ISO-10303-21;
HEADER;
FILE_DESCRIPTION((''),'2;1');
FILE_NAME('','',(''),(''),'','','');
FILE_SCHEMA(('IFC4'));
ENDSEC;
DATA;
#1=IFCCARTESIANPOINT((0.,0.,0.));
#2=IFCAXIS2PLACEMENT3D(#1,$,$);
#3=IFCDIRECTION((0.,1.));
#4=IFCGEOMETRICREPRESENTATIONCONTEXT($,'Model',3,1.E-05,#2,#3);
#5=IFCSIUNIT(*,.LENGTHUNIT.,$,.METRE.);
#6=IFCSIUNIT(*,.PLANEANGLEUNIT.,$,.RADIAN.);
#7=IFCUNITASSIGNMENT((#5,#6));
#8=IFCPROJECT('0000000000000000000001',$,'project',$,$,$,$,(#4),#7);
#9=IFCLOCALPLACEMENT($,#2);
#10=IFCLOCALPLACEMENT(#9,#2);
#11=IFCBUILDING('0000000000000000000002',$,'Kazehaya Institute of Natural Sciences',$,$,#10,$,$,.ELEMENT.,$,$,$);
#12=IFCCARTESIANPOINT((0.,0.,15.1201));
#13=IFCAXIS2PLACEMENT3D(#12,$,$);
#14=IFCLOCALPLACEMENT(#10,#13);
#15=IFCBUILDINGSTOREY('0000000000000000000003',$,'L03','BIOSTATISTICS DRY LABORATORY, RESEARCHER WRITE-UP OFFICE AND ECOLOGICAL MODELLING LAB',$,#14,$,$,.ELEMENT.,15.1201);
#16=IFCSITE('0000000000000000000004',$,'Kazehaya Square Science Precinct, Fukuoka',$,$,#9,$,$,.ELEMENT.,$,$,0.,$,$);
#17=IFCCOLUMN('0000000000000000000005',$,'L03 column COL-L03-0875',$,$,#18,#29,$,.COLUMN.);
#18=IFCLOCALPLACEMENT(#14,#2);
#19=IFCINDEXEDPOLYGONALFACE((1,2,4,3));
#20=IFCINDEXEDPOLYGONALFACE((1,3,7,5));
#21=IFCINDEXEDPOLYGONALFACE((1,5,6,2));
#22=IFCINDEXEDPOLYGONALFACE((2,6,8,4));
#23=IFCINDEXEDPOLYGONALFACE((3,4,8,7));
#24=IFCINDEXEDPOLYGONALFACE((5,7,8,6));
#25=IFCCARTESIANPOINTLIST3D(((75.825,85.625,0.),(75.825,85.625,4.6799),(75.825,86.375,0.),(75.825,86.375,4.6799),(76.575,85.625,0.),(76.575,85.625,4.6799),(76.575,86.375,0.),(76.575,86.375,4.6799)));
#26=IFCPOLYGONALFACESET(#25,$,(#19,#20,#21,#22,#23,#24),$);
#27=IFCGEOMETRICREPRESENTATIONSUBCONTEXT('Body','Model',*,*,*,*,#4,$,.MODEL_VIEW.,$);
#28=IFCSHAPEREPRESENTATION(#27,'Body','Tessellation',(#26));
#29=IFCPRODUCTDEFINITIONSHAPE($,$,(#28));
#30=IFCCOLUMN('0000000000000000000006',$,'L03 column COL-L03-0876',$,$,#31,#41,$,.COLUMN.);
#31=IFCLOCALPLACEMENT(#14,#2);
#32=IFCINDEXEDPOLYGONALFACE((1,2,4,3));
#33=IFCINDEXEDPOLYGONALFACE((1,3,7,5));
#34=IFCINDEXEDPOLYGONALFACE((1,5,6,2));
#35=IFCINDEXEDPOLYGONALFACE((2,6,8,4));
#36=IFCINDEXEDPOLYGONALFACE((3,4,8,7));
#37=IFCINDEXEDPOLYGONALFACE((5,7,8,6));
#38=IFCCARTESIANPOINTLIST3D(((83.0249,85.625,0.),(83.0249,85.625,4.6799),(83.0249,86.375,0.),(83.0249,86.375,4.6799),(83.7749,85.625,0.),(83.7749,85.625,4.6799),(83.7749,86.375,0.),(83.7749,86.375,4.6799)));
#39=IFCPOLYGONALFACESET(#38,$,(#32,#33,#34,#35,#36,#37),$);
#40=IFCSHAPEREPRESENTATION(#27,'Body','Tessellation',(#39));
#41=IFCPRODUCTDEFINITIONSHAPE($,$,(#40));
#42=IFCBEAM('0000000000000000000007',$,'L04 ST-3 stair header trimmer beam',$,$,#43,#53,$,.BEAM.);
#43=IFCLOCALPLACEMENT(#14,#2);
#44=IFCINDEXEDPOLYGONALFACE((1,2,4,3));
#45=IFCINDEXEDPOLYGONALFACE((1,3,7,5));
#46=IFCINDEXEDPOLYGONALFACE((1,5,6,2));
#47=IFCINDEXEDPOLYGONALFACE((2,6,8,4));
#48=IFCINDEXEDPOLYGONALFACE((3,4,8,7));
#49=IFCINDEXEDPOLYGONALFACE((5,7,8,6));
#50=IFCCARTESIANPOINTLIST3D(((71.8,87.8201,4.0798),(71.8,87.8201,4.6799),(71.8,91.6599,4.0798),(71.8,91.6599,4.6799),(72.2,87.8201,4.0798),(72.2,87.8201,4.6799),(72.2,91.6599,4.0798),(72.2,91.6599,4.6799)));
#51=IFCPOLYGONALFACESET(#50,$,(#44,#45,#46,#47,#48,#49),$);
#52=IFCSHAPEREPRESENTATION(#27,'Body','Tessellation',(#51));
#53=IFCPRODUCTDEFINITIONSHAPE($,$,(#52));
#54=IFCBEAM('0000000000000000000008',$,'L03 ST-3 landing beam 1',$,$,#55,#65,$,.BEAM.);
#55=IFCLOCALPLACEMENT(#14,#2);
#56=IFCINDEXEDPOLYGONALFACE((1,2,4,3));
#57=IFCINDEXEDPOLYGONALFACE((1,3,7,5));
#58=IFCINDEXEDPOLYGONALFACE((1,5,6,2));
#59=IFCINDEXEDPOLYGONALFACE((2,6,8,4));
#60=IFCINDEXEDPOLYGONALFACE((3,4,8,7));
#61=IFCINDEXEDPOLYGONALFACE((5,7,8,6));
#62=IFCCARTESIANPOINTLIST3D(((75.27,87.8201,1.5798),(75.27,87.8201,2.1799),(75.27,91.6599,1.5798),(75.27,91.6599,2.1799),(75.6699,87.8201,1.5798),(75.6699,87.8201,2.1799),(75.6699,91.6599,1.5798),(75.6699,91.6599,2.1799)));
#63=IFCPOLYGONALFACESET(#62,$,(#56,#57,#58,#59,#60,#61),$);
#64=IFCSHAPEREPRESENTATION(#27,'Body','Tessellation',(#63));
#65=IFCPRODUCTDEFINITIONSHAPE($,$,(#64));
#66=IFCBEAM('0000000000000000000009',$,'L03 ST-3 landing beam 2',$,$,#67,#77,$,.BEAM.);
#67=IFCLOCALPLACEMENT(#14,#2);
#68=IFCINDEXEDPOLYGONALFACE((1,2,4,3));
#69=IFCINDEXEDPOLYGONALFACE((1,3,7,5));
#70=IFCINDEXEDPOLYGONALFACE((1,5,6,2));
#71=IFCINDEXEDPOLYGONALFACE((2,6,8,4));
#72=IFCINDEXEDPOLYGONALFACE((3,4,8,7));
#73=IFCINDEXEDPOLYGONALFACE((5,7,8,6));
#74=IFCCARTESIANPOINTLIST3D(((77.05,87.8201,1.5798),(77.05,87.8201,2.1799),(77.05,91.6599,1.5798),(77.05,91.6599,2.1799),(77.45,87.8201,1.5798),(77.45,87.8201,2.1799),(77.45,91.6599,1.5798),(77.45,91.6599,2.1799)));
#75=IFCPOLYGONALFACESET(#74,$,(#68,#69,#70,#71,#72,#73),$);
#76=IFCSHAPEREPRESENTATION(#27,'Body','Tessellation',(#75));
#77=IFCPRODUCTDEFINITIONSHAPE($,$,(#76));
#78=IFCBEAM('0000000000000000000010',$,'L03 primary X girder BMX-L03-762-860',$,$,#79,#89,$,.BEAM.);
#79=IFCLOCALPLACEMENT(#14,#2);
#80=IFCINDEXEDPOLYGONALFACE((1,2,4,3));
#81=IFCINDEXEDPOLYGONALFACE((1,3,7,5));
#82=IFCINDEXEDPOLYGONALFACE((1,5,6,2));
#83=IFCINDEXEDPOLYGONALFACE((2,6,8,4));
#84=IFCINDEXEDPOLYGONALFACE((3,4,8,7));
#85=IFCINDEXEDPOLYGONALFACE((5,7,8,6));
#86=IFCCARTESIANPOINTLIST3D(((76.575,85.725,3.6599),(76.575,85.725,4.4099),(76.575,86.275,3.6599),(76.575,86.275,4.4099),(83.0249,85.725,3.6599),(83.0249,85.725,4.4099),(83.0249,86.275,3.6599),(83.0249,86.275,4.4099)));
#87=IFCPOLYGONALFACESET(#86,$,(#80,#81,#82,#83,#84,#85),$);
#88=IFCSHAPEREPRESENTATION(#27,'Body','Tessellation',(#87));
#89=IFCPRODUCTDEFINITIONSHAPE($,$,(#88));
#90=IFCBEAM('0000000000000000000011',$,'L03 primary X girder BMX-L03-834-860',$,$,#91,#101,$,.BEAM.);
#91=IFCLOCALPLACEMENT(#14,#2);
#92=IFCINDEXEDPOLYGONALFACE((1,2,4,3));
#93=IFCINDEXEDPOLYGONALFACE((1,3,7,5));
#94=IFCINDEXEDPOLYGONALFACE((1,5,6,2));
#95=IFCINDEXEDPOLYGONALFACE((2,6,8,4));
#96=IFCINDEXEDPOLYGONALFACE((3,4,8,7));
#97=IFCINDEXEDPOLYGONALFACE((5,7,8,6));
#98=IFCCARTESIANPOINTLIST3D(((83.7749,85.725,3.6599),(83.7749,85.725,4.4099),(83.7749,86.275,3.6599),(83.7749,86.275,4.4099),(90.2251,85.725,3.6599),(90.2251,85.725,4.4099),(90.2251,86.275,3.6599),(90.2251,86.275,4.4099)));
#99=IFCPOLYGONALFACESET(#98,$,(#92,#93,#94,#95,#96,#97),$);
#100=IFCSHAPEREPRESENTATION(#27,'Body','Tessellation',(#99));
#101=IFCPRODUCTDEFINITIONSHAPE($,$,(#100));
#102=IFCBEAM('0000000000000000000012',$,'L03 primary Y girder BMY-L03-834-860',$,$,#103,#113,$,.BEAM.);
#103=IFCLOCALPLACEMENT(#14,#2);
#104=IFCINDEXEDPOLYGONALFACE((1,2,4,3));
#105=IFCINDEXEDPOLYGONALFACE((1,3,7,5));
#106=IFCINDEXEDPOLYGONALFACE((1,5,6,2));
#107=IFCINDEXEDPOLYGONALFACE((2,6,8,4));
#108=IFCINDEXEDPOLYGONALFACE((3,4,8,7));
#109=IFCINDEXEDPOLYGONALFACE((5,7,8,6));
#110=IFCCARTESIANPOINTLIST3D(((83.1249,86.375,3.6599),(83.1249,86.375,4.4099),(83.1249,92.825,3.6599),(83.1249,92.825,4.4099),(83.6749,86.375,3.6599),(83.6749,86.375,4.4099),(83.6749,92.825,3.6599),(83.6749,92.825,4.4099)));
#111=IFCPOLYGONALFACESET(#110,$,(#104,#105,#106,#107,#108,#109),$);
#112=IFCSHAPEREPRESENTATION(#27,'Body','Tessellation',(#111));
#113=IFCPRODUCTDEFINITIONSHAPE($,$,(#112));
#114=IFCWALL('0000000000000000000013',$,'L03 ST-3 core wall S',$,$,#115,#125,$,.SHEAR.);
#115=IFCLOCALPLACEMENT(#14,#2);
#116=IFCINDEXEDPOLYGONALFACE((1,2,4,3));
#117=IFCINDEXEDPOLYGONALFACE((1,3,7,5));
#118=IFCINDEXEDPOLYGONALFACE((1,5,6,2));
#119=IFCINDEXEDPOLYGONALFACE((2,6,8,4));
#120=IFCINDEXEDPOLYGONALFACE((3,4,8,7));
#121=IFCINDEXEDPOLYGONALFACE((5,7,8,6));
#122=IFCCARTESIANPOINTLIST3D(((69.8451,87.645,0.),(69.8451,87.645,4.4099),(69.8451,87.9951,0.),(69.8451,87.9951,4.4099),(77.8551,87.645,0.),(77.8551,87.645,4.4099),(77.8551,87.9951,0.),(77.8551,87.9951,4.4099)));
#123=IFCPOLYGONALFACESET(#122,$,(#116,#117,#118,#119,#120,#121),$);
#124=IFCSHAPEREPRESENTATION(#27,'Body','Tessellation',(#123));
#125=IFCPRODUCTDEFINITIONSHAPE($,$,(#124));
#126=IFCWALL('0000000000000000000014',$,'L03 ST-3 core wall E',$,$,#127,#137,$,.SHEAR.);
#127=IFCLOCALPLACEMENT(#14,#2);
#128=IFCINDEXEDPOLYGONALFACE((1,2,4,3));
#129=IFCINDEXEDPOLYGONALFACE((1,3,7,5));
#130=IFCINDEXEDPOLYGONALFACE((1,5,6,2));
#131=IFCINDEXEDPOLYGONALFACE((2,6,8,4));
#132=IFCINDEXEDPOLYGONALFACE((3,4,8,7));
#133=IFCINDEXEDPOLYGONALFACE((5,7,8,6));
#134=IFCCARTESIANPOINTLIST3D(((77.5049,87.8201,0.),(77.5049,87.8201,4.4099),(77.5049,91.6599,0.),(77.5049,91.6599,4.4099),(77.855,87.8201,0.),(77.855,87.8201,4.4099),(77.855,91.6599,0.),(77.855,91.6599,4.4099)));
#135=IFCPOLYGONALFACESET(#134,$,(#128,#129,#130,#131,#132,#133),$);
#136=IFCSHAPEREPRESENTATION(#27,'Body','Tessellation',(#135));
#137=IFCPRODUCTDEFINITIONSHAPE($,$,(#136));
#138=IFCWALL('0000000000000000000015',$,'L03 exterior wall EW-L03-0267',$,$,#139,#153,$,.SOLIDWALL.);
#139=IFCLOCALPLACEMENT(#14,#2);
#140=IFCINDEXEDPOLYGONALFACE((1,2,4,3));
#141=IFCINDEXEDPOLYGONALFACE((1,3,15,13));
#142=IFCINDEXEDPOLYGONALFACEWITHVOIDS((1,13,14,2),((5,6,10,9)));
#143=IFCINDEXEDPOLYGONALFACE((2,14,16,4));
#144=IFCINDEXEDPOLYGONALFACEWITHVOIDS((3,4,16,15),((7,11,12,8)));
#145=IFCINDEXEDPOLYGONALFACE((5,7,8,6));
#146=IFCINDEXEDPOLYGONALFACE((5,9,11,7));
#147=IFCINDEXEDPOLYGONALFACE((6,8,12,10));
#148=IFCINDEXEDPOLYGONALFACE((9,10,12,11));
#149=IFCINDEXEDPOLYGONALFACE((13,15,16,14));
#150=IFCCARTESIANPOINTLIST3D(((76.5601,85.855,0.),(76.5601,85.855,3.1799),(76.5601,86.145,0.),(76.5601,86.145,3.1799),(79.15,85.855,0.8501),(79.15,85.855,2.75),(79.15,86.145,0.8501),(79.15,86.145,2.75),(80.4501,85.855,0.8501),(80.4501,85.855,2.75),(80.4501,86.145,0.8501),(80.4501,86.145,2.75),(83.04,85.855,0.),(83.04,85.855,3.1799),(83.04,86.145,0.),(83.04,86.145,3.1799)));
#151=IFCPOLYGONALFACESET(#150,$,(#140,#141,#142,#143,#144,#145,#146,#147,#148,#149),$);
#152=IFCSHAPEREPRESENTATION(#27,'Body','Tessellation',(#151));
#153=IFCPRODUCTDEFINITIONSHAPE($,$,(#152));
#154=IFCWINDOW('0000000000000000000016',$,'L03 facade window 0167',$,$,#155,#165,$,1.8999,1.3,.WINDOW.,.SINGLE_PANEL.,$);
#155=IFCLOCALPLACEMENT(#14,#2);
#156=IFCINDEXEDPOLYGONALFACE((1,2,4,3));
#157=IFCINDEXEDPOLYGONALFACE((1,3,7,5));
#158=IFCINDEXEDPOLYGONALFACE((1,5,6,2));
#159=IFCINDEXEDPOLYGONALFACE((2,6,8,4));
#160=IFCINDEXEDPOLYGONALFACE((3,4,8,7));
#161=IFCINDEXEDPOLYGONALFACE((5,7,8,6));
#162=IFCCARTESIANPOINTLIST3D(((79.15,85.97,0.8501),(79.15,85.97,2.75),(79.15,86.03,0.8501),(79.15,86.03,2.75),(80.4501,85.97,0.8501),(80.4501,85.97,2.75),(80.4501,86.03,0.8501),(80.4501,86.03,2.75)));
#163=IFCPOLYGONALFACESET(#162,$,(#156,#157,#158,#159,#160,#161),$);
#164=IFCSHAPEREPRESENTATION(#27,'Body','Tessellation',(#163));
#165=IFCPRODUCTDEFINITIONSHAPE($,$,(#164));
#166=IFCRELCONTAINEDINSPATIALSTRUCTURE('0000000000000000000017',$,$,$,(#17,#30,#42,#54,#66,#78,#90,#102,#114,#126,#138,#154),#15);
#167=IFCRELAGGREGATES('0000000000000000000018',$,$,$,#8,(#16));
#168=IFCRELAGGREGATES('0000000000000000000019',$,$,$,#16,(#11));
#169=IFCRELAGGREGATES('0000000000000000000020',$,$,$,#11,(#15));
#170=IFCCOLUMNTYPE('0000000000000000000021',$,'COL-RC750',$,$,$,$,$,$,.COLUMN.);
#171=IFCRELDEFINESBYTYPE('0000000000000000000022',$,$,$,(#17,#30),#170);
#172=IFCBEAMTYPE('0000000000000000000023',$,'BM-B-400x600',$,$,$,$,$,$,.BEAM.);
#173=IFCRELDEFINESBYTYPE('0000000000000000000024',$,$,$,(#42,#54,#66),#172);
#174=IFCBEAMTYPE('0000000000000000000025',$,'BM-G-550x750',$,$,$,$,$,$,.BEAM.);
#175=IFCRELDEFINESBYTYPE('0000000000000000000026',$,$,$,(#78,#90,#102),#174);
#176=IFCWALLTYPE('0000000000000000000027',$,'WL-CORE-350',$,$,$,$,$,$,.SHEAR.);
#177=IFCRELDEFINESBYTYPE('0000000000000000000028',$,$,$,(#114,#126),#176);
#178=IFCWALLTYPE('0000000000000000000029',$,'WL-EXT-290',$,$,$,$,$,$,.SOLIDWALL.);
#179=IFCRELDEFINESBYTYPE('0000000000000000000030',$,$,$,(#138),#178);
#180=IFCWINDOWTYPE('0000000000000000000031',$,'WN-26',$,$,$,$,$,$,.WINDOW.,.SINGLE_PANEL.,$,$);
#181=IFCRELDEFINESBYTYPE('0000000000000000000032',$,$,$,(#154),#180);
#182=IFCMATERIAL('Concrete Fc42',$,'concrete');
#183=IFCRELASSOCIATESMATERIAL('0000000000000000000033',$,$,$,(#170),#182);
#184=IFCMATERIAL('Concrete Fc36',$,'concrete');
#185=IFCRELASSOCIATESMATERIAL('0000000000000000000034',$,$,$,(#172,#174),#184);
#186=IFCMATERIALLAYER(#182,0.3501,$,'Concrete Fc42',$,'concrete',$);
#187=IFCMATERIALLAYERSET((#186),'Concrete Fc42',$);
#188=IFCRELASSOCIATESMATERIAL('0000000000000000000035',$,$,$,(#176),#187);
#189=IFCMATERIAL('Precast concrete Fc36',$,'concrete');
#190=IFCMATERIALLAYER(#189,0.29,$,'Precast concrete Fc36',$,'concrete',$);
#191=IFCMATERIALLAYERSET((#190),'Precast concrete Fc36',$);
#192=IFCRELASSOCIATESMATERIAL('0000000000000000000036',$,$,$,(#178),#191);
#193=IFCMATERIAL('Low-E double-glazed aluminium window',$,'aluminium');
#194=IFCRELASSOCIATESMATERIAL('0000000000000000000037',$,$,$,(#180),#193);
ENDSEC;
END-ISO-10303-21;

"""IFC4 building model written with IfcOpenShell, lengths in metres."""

from ifc_helpers import new_model, si_unit, direction, frame, frame_2d, origin, origin_2d, place, context, subcontext, project, spatial, rectangle, extrude, material, layer, layer_set, material_profile, profile_set, type_object, element, fill, save


model = new_model("IFC4")

# Units and contexts
model_context = context("Model", 3, precision=1e-05, world=origin(), true_north=direction((0.0, 1.0)))
body_context = subcontext(model_context, "Body", "Model", "MODEL_VIEW")
ifc_project = project(units=[si_unit("LENGTHUNIT", "METRE"), si_unit("PLANEANGLEUNIT", "RADIAN")], contexts=[model_context])

# Site, building, storey
site_placement = place(None, origin())
site = spatial("IfcSite", under=ifc_project, at=site_placement, Name="Kazehaya Square Science Precinct, Fukuoka", CompositionType="ELEMENT", RefElevation=0.0)
building_placement = place(site_placement, origin())
building = spatial("IfcBuilding", under=site, at=building_placement, Name="Kazehaya Institute of Natural Sciences", CompositionType="ELEMENT")
storey_placement = place(building_placement, frame((0.0, 0.0, 15.1201)))
storey = spatial("IfcBuildingStorey", under=building, at=storey_placement, Name="L03", Description="BIOSTATISTICS DRY LABORATORY, RESEARCHER WRITE-UP OFFICE AND ECOLOGICAL MODELLING LAB", CompositionType="ELEMENT", Elevation=15.1201)

# Columns
ifc_material_1 = material(Name="Concrete Fc42", Category="concrete")
ifc_material_profile_1 = material_profile(ifc_material_1, rectangle(XDim=0.75, YDim=0.75, at=origin_2d()), Name="RC-750x750")
ifc_profile_set_1 = profile_set([ifc_material_profile_1], Name="Concrete Fc42")
column_type = type_object("IfcColumnType", Name="COL-RC750", PredefinedType="COLUMN", material=ifc_profile_set_1)
for number, where, z_axis, x_axis, name in (
    (1, (76.2, 86.0, 0.0), (0.0, 0.0, 1.0), (1.0, 0.0, 0.0), "L03 column COL-L03-0875"),
    (2, (83.3999, 86.0, 0.0), (0.0, 0.0, 1.0), (1.0, 0.0, 0.0), "L03 column COL-L03-0876"),
):
    element("IfcColumn", number, at=place(storey_placement, frame(where, z_axis=z_axis, x_axis=x_axis)), inside=storey, type_object=column_type, Name=name, PredefinedType="COLUMN", context=body_context, shape_type="SweptSolid", body=[
        extrude(rectangle(XDim=0.75, YDim=0.75, at=origin_2d()), origin(), (0.0, 0.0, 1.0), 4.6799),
    ])

# Beams
ifc_material_2 = material(Name="Concrete Fc36", Category="concrete")
ifc_material_profile_2 = material_profile(ifc_material_2, rectangle(XDim=0.3999, YDim=0.6001, at=origin_2d()), Name="RC-400x600")
ifc_profile_set_2 = profile_set([ifc_material_profile_2], Name="Concrete Fc36")
beam_type_1 = type_object("IfcBeamType", Name="BM-B-400x600", PredefinedType="BEAM", material=ifc_profile_set_2)
for number, where, z_axis, x_axis, name in (
    (3, (72.0, 87.8201, 4.3799), (0.0, 1.0, 0.0), (-1.0, 0.0, 0.0), "L04 ST-3 stair header trimmer beam"),
    (4, (75.47, 87.8201, 1.8799), (0.0, 1.0, 0.0), (-1.0, 0.0, 0.0), "L03 ST-3 landing beam 1"),
    (5, (77.25, 87.8201, 1.8799), (0.0, 1.0, 0.0), (-1.0, 0.0, 0.0), "L03 ST-3 landing beam 2"),
):
    element("IfcBeam", number, at=place(storey_placement, frame(where, z_axis=z_axis, x_axis=x_axis)), inside=storey, type_object=beam_type_1, Name=name, PredefinedType="BEAM", context=body_context, shape_type="SweptSolid", body=[
        extrude(rectangle(XDim=0.3999, YDim=0.6001, at=origin_2d()), origin(), (0.0, 0.0, 1.0), 3.8398),
    ])
ifc_material_profile_3 = material_profile(ifc_material_2, rectangle(XDim=0.55, YDim=0.75, at=origin_2d()), Name="RC-550x750")
ifc_profile_set_3 = profile_set([ifc_material_profile_3], Name="Concrete Fc36")
beam_type_2 = type_object("IfcBeamType", Name="BM-G-550x750", PredefinedType="BEAM", material=ifc_profile_set_3)
beam_1_placement = place(storey_placement, frame((76.575, 86.0, 4.0349), z_axis=(1.0, 0.0, 0.0), x_axis=(0.0, 1.0, 0.0)))
element("IfcBeam", 6, at=beam_1_placement, inside=storey, type_object=beam_type_2, Name="L03 primary X girder BMX-L03-762-860", PredefinedType="BEAM", context=body_context, shape_type="SweptSolid", body=[
    extrude(rectangle(XDim=0.55, YDim=0.75, at=origin_2d()), origin(), (0.0, 0.0, 1.0), 6.45),
])
beam_2_placement = place(storey_placement, frame((83.7749, 86.0, 4.0349), z_axis=(1.0, 0.0, 0.0), x_axis=(0.0, 1.0, 0.0)))
element("IfcBeam", 7, at=beam_2_placement, inside=storey, type_object=beam_type_2, Name="L03 primary X girder BMX-L03-834-860", PredefinedType="BEAM", context=body_context, shape_type="SweptSolid", body=[
    extrude(rectangle(XDim=0.55, YDim=0.75, at=origin_2d()), origin(), (0.0, 0.0, 1.0), 6.4502),
])
beam_3_placement = place(storey_placement, frame((83.3999, 86.375, 4.0349), z_axis=(0.0, 1.0, 0.0), x_axis=(-1.0, 0.0, 0.0)))
element("IfcBeam", 8, at=beam_3_placement, inside=storey, type_object=beam_type_2, Name="L03 primary Y girder BMY-L03-834-860", PredefinedType="BEAM", context=body_context, shape_type="SweptSolid", body=[
    extrude(rectangle(XDim=0.55, YDim=0.75, at=origin_2d()), origin(), (0.0, 0.0, 1.0), 6.45),
])

# Walls
ifc_layer_1 = layer(ifc_material_1, 0.3501, Name="Concrete Fc42", Category="concrete")
ifc_layer_set_1 = layer_set([ifc_layer_1], Name="Concrete Fc42")
wall_type_1 = type_object("IfcWallType", Name="WL-CORE-350", PredefinedType="SHEAR", material=ifc_layer_set_1)
wall_1_placement = place(storey_placement, frame((77.855, 87.8201, 0.0), z_axis=(0.0, 0.0, 1.0), x_axis=(-1.0, 0.0, 0.0)))
element("IfcWall", 9, at=wall_1_placement, inside=storey, type_object=wall_type_1, Name="L03 ST-3 core wall S", PredefinedType="SHEAR", context=body_context, shape_type="SweptSolid", body=[
    extrude(rectangle(XDim=8.01, YDim=0.3501, at=frame_2d((4.0049, 0.0))), origin(), (0.0, 0.0, 1.0), 4.4099),
])
wall_2_placement = place(storey_placement, frame((77.6799, 91.6599, 0.0), z_axis=(0.0, 0.0, 1.0), x_axis=(0.0, -1.0, 0.0)))
element("IfcWall", 10, at=wall_2_placement, inside=storey, type_object=wall_type_1, Name="L03 ST-3 core wall E", PredefinedType="SHEAR", context=body_context, shape_type="SweptSolid", body=[
    extrude(rectangle(XDim=3.8398, YDim=0.3501, at=frame_2d((1.9199, 0.0))), origin(), (0.0, 0.0, 1.0), 4.4099),
])

# Wall, opening, window
ifc_material_3 = material(Name="Precast concrete Fc36", Category="concrete")
ifc_layer_2 = layer(ifc_material_3, 0.29, Name="Precast concrete Fc36", Category="concrete")
ifc_layer_set_2 = layer_set([ifc_layer_2], Name="Precast concrete Fc36")
wall_type_2 = type_object("IfcWallType", Name="WL-EXT-290", PredefinedType="SOLIDWALL", material=ifc_layer_set_2)
wall_3_placement = place(storey_placement, frame((83.04, 86.0, 0.0), z_axis=(0.0, 0.0, 1.0), x_axis=(-1.0, 0.0, 0.0)))
wall_3 = element("IfcWall", 11, at=wall_3_placement, inside=storey, type_object=wall_type_2, Name="L03 exterior wall EW-L03-0267", PredefinedType="SOLIDWALL", context=body_context, shape_type="SweptSolid", body=[
    extrude(rectangle(XDim=6.48, YDim=0.29, at=frame_2d((3.24, 0.0))), origin(), (0.0, 0.0, 1.0), 3.1799),
])
opening_1_placement = place(wall_3_placement, frame((2.5901, 0.0, 0.8501)))
opening_1 = element("IfcOpeningElement", 12, at=opening_1_placement, cuts=wall_3, PredefinedType="OPENING", context=body_context, shape_type="SweptSolid", body=[
    extrude(rectangle(XDim=1.3, YDim=1.8999, at=frame_2d((0.6499, 0.95))), frame((0.0, 0.155, 0.0), z_axis=(0.0, -1.0, 0.0), x_axis=(1.0, 0.0, 0.0)), (0.0, 0.0, 1.0), 0.3101),
])
ifc_material_4 = material(Name="Low-E double-glazed aluminium window", Category="aluminium")
window_type = type_object("IfcWindowType", Name="WN-26", PartitioningType="SINGLE_PANEL", PredefinedType="WINDOW", material=ifc_material_4)
window_1_placement = place(opening_1_placement, origin())
window_1 = element("IfcWindow", 13, at=window_1_placement, inside=storey, type_object=window_type, Name="L03 facade window 0167", OverallHeight=1.8999, OverallWidth=1.3, PartitioningType="SINGLE_PANEL", PredefinedType="WINDOW", context=body_context, shape_type="SweptSolid", body=[
    extrude(rectangle(XDim=1.3, YDim=1.8999, at=frame_2d((0.6499, 0.95))), frame((0.0, 0.03, 0.0), z_axis=(0.0, -1.0, 0.0), x_axis=(1.0, 0.0, 0.0)), (0.0, 0.0, 1.0), 0.0601),
])
fill(opening_1, window_1)

save(model, "model.ifc")
